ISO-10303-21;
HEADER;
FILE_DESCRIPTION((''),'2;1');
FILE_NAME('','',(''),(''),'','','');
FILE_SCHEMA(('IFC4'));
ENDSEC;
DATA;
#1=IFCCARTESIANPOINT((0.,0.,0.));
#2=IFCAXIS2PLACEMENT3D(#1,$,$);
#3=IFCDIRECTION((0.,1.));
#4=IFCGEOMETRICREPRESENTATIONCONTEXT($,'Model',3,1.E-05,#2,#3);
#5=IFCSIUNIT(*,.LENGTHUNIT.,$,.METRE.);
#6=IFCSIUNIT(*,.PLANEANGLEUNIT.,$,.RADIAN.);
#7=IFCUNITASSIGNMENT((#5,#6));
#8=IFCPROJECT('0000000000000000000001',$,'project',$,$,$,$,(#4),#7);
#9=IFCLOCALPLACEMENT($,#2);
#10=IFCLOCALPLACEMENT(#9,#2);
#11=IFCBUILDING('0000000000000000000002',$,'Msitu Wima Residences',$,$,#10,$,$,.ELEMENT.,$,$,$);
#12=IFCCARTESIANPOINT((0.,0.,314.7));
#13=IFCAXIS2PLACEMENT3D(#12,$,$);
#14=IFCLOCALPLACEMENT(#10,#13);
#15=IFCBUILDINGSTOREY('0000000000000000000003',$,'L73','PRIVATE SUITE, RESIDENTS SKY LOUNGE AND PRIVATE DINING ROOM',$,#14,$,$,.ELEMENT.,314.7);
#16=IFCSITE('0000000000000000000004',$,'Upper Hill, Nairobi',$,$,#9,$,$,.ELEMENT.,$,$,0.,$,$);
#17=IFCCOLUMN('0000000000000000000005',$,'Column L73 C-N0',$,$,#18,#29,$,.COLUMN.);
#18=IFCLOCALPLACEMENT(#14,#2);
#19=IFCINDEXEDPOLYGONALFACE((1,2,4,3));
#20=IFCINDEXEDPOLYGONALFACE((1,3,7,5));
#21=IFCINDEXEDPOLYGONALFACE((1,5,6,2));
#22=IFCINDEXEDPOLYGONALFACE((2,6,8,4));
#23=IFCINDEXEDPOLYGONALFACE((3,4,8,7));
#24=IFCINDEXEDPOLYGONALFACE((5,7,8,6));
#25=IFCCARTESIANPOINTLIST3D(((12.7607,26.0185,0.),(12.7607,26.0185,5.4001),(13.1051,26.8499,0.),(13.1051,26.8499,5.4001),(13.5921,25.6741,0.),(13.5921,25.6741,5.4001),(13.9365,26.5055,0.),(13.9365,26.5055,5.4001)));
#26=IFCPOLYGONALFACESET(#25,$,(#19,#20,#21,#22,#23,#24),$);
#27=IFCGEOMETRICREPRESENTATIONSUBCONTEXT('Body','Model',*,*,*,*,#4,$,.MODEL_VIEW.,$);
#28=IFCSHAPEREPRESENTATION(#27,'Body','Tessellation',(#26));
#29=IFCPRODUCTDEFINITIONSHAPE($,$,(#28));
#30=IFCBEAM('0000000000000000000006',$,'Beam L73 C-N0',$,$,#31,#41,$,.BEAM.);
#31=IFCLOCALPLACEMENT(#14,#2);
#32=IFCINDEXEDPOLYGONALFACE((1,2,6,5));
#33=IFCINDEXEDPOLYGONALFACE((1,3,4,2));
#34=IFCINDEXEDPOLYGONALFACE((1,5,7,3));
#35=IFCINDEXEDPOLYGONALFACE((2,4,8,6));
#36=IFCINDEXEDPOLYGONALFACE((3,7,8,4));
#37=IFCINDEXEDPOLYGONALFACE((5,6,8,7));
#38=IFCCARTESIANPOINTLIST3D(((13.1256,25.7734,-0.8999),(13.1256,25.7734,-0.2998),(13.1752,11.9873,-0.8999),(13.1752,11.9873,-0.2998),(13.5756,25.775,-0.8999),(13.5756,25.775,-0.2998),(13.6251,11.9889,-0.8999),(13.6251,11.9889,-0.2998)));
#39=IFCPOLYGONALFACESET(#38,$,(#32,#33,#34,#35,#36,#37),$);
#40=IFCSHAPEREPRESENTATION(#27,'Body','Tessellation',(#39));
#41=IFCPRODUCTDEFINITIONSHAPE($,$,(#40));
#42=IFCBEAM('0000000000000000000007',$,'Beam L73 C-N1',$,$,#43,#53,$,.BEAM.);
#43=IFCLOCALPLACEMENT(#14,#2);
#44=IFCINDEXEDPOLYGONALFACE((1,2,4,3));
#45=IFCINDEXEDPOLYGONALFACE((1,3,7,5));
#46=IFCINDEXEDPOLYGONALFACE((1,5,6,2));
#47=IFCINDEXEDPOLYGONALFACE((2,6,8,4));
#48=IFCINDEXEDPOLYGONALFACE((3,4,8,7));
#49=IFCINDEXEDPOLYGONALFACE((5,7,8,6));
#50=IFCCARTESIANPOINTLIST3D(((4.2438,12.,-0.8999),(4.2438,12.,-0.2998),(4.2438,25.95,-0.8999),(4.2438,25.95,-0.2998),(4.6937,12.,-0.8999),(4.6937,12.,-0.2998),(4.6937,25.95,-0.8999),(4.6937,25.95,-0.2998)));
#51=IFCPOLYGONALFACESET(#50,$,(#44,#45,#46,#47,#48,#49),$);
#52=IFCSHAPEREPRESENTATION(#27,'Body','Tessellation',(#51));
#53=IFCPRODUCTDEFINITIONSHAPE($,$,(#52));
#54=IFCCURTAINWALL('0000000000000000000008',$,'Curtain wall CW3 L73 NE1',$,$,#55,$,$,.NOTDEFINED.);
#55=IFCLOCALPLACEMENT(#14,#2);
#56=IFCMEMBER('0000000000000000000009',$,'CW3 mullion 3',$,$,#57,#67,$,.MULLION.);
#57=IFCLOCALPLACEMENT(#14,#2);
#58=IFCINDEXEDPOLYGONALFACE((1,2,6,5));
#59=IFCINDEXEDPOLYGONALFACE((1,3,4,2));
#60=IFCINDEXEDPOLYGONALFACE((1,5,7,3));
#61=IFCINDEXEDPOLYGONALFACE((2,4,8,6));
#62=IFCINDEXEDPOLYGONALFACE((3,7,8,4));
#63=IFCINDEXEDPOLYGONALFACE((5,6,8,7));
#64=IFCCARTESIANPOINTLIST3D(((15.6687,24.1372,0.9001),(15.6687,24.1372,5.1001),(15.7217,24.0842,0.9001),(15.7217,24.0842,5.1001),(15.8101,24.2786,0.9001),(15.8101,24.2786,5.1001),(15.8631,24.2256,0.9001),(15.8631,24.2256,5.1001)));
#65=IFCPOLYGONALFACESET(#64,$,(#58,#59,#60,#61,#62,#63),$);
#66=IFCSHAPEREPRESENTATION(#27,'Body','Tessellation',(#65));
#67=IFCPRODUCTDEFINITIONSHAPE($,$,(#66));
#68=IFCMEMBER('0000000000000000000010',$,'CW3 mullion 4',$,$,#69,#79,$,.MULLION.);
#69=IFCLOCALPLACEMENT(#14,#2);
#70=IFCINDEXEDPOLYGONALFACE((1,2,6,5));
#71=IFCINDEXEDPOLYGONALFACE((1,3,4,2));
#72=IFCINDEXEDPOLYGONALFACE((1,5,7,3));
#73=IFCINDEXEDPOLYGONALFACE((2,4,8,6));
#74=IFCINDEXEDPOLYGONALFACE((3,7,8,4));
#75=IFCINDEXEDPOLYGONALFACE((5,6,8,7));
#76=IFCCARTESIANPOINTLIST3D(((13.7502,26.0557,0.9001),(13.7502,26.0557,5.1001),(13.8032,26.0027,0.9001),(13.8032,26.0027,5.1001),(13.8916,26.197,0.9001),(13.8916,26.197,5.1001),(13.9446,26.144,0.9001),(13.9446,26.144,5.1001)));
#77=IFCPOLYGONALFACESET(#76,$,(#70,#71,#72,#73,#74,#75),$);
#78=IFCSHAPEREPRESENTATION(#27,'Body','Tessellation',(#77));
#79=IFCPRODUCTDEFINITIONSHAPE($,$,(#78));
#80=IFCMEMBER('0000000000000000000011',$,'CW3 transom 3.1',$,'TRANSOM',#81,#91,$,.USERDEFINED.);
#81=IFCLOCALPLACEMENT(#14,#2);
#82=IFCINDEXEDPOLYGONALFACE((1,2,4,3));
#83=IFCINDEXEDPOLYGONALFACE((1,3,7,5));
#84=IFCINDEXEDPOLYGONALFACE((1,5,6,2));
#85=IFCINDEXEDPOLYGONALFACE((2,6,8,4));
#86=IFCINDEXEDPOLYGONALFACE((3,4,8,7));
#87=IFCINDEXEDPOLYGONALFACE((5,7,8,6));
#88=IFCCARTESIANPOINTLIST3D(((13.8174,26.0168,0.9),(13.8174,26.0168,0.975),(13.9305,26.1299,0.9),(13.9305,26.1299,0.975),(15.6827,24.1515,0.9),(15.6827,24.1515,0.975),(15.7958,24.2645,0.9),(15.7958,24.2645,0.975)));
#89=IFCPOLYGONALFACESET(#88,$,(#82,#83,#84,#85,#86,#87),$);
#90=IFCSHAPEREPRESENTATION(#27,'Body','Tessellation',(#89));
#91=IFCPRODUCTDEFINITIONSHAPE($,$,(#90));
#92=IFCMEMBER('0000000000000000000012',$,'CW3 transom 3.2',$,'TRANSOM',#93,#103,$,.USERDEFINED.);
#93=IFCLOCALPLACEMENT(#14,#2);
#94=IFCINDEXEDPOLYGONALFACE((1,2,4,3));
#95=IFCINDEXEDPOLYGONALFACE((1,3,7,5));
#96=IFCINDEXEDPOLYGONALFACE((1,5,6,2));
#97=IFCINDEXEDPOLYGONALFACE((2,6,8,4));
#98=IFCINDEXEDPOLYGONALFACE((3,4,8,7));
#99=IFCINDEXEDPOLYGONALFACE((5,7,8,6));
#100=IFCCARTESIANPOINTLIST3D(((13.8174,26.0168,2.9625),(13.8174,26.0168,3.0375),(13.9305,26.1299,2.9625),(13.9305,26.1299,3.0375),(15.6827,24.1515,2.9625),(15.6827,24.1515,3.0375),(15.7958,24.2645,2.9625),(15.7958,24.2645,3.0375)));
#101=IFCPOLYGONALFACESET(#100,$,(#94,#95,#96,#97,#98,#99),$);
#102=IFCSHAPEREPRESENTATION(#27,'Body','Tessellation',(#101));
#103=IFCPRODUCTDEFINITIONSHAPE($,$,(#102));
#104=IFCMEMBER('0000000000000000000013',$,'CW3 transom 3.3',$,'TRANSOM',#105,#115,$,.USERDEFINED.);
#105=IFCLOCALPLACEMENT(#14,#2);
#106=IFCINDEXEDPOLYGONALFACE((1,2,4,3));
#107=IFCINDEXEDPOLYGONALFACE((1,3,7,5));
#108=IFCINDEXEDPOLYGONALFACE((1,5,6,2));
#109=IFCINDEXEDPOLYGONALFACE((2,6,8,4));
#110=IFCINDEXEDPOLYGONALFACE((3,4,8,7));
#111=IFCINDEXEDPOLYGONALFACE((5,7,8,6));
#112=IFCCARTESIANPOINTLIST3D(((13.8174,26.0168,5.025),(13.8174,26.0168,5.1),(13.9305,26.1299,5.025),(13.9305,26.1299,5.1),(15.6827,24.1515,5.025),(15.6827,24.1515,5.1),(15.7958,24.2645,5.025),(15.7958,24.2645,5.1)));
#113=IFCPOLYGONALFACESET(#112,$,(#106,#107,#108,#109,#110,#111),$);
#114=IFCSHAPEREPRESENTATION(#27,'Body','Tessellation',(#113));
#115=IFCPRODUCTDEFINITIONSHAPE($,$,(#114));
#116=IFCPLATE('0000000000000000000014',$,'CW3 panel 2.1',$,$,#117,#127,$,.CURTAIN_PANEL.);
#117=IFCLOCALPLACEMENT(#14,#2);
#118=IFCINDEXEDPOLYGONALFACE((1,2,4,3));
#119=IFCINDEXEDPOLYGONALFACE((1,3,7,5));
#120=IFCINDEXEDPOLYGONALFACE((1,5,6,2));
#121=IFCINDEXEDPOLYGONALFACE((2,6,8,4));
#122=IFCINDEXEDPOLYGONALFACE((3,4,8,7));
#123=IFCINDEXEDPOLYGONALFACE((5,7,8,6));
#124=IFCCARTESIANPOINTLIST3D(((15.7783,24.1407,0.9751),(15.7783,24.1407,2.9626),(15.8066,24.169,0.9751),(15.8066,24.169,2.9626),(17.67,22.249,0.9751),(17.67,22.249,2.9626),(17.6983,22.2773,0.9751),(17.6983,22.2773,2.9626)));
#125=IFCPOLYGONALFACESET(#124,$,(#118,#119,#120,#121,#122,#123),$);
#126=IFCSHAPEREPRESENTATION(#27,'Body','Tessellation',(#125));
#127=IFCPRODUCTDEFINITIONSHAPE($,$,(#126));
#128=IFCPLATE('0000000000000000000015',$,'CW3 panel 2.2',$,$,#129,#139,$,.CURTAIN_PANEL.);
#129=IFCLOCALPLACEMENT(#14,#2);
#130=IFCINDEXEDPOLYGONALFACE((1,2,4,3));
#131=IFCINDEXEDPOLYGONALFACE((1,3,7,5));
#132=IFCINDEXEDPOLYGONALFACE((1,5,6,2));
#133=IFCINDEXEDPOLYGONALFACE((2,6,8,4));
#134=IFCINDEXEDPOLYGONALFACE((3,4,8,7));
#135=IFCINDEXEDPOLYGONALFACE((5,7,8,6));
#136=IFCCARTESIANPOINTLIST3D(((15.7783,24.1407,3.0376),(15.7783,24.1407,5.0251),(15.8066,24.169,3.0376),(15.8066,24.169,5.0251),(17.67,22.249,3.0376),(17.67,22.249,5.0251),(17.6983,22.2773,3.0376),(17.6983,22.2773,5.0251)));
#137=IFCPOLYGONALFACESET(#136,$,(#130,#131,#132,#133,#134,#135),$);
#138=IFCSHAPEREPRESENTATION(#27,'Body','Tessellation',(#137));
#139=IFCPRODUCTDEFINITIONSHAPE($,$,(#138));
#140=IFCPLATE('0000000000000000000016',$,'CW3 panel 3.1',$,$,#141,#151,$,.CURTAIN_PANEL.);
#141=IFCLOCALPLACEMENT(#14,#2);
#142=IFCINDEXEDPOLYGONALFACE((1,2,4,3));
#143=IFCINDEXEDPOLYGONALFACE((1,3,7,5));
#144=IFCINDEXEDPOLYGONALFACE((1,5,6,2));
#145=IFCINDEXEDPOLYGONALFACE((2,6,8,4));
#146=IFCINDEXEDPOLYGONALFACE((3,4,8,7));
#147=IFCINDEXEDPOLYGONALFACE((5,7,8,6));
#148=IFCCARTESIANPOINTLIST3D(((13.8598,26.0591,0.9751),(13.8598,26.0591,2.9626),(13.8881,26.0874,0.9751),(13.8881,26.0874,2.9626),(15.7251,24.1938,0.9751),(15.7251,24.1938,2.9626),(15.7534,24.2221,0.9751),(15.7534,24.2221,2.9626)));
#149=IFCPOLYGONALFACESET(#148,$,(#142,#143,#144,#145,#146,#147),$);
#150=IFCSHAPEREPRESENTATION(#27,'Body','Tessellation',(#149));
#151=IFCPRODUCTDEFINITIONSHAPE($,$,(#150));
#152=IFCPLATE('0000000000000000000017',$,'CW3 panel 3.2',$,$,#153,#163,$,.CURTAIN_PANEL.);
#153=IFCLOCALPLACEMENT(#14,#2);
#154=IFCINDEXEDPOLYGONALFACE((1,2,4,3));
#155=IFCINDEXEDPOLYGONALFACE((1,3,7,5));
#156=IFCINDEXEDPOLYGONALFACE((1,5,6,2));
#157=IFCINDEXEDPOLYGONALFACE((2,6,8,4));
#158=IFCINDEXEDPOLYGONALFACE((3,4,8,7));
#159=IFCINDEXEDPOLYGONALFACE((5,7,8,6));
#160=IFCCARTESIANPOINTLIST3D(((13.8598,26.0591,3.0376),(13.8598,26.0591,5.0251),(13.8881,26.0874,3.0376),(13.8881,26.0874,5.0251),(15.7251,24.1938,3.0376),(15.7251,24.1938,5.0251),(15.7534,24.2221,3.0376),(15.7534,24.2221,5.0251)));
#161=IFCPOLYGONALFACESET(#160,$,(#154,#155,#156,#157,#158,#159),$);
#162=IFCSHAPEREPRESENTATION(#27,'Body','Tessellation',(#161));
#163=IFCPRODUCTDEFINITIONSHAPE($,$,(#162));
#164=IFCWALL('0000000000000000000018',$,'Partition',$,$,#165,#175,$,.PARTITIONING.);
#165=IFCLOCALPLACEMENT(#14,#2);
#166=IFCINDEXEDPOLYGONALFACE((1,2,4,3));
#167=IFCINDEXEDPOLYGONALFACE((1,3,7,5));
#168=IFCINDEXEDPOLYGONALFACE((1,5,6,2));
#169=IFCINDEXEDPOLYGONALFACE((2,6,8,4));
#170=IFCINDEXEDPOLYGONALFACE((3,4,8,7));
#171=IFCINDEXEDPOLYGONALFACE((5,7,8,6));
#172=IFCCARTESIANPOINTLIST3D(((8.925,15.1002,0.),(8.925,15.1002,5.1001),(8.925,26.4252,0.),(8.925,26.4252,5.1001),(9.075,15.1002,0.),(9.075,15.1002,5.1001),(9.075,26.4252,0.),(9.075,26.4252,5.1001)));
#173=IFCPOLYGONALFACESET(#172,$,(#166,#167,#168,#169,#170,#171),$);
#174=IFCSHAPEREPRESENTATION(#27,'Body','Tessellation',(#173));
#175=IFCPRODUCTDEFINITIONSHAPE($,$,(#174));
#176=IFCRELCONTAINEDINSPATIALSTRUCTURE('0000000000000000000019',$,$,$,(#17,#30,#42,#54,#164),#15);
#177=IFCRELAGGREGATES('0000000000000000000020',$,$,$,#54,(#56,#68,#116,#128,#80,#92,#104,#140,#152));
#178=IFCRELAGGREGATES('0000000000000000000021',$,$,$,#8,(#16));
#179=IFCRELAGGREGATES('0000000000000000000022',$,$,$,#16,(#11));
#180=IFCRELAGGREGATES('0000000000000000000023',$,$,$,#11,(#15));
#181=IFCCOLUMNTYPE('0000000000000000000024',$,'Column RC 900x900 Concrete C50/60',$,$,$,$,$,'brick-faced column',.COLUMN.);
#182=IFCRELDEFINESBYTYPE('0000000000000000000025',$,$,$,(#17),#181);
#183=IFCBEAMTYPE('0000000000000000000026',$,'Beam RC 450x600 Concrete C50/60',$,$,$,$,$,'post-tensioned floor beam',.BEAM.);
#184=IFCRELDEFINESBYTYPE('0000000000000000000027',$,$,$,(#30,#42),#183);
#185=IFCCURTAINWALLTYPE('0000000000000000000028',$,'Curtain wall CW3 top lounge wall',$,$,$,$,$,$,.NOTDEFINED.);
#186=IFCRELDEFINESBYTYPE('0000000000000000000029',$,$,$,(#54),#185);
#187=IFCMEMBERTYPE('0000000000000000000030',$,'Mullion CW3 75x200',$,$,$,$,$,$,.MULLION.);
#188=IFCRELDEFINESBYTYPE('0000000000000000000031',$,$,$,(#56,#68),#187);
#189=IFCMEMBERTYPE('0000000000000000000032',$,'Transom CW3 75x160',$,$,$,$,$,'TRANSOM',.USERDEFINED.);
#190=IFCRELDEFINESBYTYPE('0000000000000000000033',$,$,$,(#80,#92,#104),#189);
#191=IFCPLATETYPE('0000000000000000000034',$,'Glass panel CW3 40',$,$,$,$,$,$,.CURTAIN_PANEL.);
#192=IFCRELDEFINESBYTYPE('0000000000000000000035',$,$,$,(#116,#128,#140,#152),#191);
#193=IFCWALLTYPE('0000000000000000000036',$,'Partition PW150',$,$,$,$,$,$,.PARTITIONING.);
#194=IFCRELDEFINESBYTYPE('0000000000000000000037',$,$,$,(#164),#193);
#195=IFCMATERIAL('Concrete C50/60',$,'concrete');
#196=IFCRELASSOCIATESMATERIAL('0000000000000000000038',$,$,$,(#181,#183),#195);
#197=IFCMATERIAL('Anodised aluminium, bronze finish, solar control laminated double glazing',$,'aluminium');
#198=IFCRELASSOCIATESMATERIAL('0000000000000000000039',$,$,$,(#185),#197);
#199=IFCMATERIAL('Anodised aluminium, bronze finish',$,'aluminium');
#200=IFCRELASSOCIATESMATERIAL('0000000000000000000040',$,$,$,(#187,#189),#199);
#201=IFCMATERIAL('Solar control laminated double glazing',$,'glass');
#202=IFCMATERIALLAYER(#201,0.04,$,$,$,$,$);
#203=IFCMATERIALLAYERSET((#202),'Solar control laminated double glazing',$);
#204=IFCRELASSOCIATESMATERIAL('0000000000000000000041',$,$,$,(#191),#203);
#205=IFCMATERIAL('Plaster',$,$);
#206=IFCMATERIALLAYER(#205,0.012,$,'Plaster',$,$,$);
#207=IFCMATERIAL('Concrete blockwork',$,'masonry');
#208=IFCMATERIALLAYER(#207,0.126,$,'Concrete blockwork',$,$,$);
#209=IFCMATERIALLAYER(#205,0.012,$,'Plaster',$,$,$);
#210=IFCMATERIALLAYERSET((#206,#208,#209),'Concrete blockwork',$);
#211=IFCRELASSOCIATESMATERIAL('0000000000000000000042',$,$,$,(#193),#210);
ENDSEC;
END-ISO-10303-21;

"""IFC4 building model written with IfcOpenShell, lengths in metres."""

from ifc_helpers import new_model, si_unit, direction, frame, frame_2d, origin, origin_2d, place, context, subcontext, project, spatial, rectangle, extrude, material, layer, layer_set, material_profile, profile_set, type_object, element, aggregate, save


model = new_model("IFC4")

# Units and contexts
model_context = context("Model", 3, precision=1e-05, world=origin(), true_north=direction((0.0, 1.0)))
body_context = subcontext(model_context, "Body", "Model", "MODEL_VIEW")
ifc_project = project(units=[si_unit("LENGTHUNIT", "METRE"), si_unit("PLANEANGLEUNIT", "RADIAN")], contexts=[model_context])

# Site, building, storey
site_placement = place(None, origin())
site = spatial("IfcSite", under=ifc_project, at=site_placement, Name="Upper Hill, Nairobi", CompositionType="ELEMENT", RefElevation=0.0)
building_placement = place(site_placement, origin())
building = spatial("IfcBuilding", under=site, at=building_placement, Name="Msitu Wima Residences", CompositionType="ELEMENT")
storey_placement = place(building_placement, frame((0.0, 0.0, 314.7)))
storey = spatial("IfcBuildingStorey", under=building, at=storey_placement, Name="L73", Description="PRIVATE SUITE, RESIDENTS SKY LOUNGE AND PRIVATE DINING ROOM", CompositionType="ELEMENT", Elevation=314.7)

# Column
ifc_material_1 = material(Name="Concrete C50/60", Category="concrete")
ifc_material_profile_1 = material_profile(ifc_material_1, rectangle(XDim=0.8999, YDim=0.8999, at=origin_2d()), Name="RC 900x900")
ifc_profile_set_1 = profile_set([ifc_material_profile_1], Name="Concrete C50/60")
column_type = type_object("IfcColumnType", Name="Column RC 900x900 Concrete C50/60", ElementType="brick-faced column", PredefinedType="COLUMN", material=ifc_profile_set_1)
column_placement = place(storey_placement, frame((13.3486, 26.262, 0.0), z_axis=(0.0, 0.0, 1.0), x_axis=(-0.92388, 0.382683, 0.0)))
element("IfcColumn", 1, at=column_placement, inside=storey, type_object=column_type, Name="Column L73 C-N0", PredefinedType="COLUMN", context=body_context, shape_type="SweptSolid", body=[
    extrude(rectangle(XDim=0.8999, YDim=0.8999, at=origin_2d()), origin(), (0.0, 0.0, 1.0), 5.4001),
])

# Beams
ifc_material_profile_2 = material_profile(ifc_material_1, rectangle(XDim=0.45, YDim=0.6001, at=origin_2d()), Name="RC 450x600")
ifc_profile_set_2 = profile_set([ifc_material_profile_2], Name="Concrete C50/60")
beam_type = type_object("IfcBeamType", Name="Beam RC 450x600 Concrete C50/60", ElementType="post-tensioned floor beam", PredefinedType="BEAM", material=ifc_profile_set_2)
beam_1_placement = place(storey_placement, frame((13.3506, 25.7742, -0.5999), z_axis=(0.003595, -0.999994, 0.0), x_axis=(0.999994, 0.003595, 0.0)))
element("IfcBeam", 2, at=beam_1_placement, inside=storey, type_object=beam_type, Name="Beam L73 C-N0", PredefinedType="BEAM", context=body_context, shape_type="SweptSolid", body=[
    extrude(rectangle(XDim=0.45, YDim=0.6001, at=origin_2d()), origin(), (0.0, 0.0, 1.0), 13.7861),
])
beam_2_placement = place(storey_placement, frame((4.4688, 25.95, -0.5999), z_axis=(0.0, -1.0, 0.0), x_axis=(1.0, 0.0, 0.0)))
element("IfcBeam", 3, at=beam_2_placement, inside=storey, type_object=beam_type, Name="Beam L73 C-N1", PredefinedType="BEAM", context=body_context, shape_type="SweptSolid", body=[
    extrude(rectangle(XDim=0.45, YDim=0.6001, at=origin_2d()), origin(), (0.0, 0.0, 1.0), 13.95),
])

# Curtain wall, members, plates
ifc_material_2 = material(Name="Anodised aluminium, bronze finish, solar control laminated double glazing", Category="aluminium")
curtain_wall_type = type_object("IfcCurtainWallType", Name="Curtain wall CW3 top lounge wall", PredefinedType="NOTDEFINED", material=ifc_material_2)
curtain_wall_placement = place(storey_placement, origin())
curtain_wall = element("IfcCurtainWall", 4, at=curtain_wall_placement, inside=storey, type_object=curtain_wall_type, Name="Curtain wall CW3 L73 NE1", PredefinedType="NOTDEFINED")
ifc_material_3 = material(Name="Anodised aluminium, bronze finish", Category="aluminium")
ifc_material_profile_3 = material_profile(ifc_material_3, rectangle(XDim=0.2, YDim=0.075, at=origin_2d()), Name="Mullion 75x200")
ifc_profile_set_3 = profile_set([ifc_material_profile_3], Name="Anodised aluminium, bronze finish")
member_type_1 = type_object("IfcMemberType", Name="Mullion CW3 75x200", PredefinedType="MULLION", material=ifc_profile_set_3)
member_1_placement = place(storey_placement, frame((15.7659, 24.1814, 0.9001), z_axis=(0.0, 0.0, 1.0), x_axis=(-0.707107, -0.707107, 0.0)))
member_1 = element("IfcMember", 5, at=member_1_placement, type_object=member_type_1, Name="CW3 mullion 3", PredefinedType="MULLION", context=body_context, shape_type="SweptSolid", body=[
    extrude(rectangle(XDim=0.2, YDim=0.075, at=origin_2d()), origin(), (0.0, 0.0, 1.0), 4.2),
])
member_2_placement = place(storey_placement, frame((13.8474, 26.0999, 0.9001), z_axis=(0.0, 0.0, 1.0), x_axis=(-0.707107, -0.707107, 0.0)))
member_2 = element("IfcMember", 6, at=member_2_placement, type_object=member_type_1, Name="CW3 mullion 4", PredefinedType="MULLION", context=body_context, shape_type="SweptSolid", body=[
    extrude(rectangle(XDim=0.2, YDim=0.075, at=origin_2d()), origin(), (0.0, 0.0, 1.0), 4.2),
])
ifc_material_profile_4 = material_profile(ifc_material_3, rectangle(XDim=0.1599, YDim=0.075, at=origin_2d()), Name="Transom 75x160")
ifc_profile_set_4 = profile_set([ifc_material_profile_4], Name="Anodised aluminium, bronze finish")
member_type_2 = type_object("IfcMemberType", Name="Transom CW3 75x160", ElementType="TRANSOM", PredefinedType="USERDEFINED", material=ifc_profile_set_4)
member_3_placement = place(storey_placement, frame((15.7393, 24.208, 0.9375), z_axis=(-0.707107, 0.707107, 0.0), x_axis=(-0.707107, -0.707107, 0.0)))
member_3 = element("IfcMember", 7, at=member_3_placement, type_object=member_type_2, Name="CW3 transom 3.1", ObjectType="TRANSOM", PredefinedType="USERDEFINED", context=body_context, shape_type="SweptSolid", body=[
    extrude(rectangle(XDim=0.1599, YDim=0.075, at=origin_2d()), origin(), (0.0, 0.0, 1.0), 2.6379),
])
member_4_placement = place(storey_placement, frame((15.7393, 24.208, 3.0), z_axis=(-0.707107, 0.707107, 0.0), x_axis=(-0.707107, -0.707107, 0.0)))
member_4 = element("IfcMember", 8, at=member_4_placement, type_object=member_type_2, Name="CW3 transom 3.2", ObjectType="TRANSOM", PredefinedType="USERDEFINED", context=body_context, shape_type="SweptSolid", body=[
    extrude(rectangle(XDim=0.1599, YDim=0.075, at=origin_2d()), origin(), (0.0, 0.0, 1.0), 2.6379),
])
member_5_placement = place(storey_placement, frame((15.7393, 24.208, 5.0625), z_axis=(-0.707107, 0.707107, 0.0), x_axis=(-0.707107, -0.707107, 0.0)))
member_5 = element("IfcMember", 9, at=member_5_placement, type_object=member_type_2, Name="CW3 transom 3.3", ObjectType="TRANSOM", PredefinedType="USERDEFINED", context=body_context, shape_type="SweptSolid", body=[
    extrude(rectangle(XDim=0.1599, YDim=0.075, at=origin_2d()), origin(), (0.0, 0.0, 1.0), 2.6379),
])
ifc_material_4 = material(Name="Solar control laminated double glazing", Category="glass")
ifc_layer_1 = layer(ifc_material_4, 0.04)
ifc_layer_set_1 = layer_set([ifc_layer_1], Name="Solar control laminated double glazing")
plate_type = type_object("IfcPlateType", Name="Glass panel CW3 40", PredefinedType="CURTAIN_PANEL", material=ifc_layer_set_1)
plate_1_placement = place(storey_placement, frame((16.7383, 23.209, 0.9751), z_axis=(0.0, 0.0, 1.0), x_axis=(-0.707107, 0.707107, 0.0)))
plate_1 = element("IfcPlate", 10, at=plate_1_placement, type_object=plate_type, Name="CW3 panel 2.1", PredefinedType="CURTAIN_PANEL", context=body_context, shape_type="SweptSolid", body=[
    extrude(rectangle(XDim=2.6753, YDim=0.04, at=origin_2d()), origin(), (0.0, 0.0, 1.0), 1.9875),
])
plate_2_placement = place(storey_placement, frame((16.7383, 23.209, 3.0376), z_axis=(0.0, 0.0, 1.0), x_axis=(-0.707107, 0.707107, 0.0)))
plate_2 = element("IfcPlate", 11, at=plate_2_placement, type_object=plate_type, Name="CW3 panel 2.2", PredefinedType="CURTAIN_PANEL", context=body_context, shape_type="SweptSolid", body=[
    extrude(rectangle(XDim=2.6753, YDim=0.04, at=origin_2d()), origin(), (0.0, 0.0, 1.0), 1.9875),
])
plate_3_placement = place(storey_placement, frame((14.8066, 25.1406, 0.9751), z_axis=(0.0, 0.0, 1.0), x_axis=(-0.707107, 0.707107, 0.0)))
plate_3 = element("IfcPlate", 12, at=plate_3_placement, type_object=plate_type, Name="CW3 panel 3.1", PredefinedType="CURTAIN_PANEL", context=body_context, shape_type="SweptSolid", body=[
    extrude(rectangle(XDim=2.6379, YDim=0.04, at=origin_2d()), origin(), (0.0, 0.0, 1.0), 1.9875),
])
plate_4_placement = place(storey_placement, frame((14.8066, 25.1406, 3.0376), z_axis=(0.0, 0.0, 1.0), x_axis=(-0.707107, 0.707107, 0.0)))
plate_4 = element("IfcPlate", 13, at=plate_4_placement, type_object=plate_type, Name="CW3 panel 3.2", PredefinedType="CURTAIN_PANEL", context=body_context, shape_type="SweptSolid", body=[
    extrude(rectangle(XDim=2.6379, YDim=0.04, at=origin_2d()), origin(), (0.0, 0.0, 1.0), 1.9875),
])
aggregate(curtain_wall, [member_1, member_2, plate_1, plate_2, member_3, member_4, member_5, plate_3, plate_4])

# Wall
ifc_material_5 = material(Name="Plaster")
ifc_layer_2 = layer(ifc_material_5, 0.012, Name="Plaster")
ifc_material_6 = material(Name="Concrete blockwork", Category="masonry")
ifc_layer_3 = layer(ifc_material_6, 0.126, Name="Concrete blockwork")
ifc_layer_4 = layer(ifc_material_5, 0.012, Name="Plaster")
ifc_layer_set_2 = layer_set([ifc_layer_2, ifc_layer_3, ifc_layer_4], Name="Concrete blockwork")
wall_type = type_object("IfcWallType", Name="Partition PW150", PredefinedType="PARTITIONING", material=ifc_layer_set_2)
wall_placement = place(storey_placement, frame((9.0, 15.1001, 0.0), z_axis=(0.0, 0.0, 1.0), x_axis=(0.0, 1.0, 0.0)))
element("IfcWall", 14, at=wall_placement, inside=storey, type_object=wall_type, Name="Partition", PredefinedType="PARTITIONING", context=body_context, shape_type="SweptSolid", body=[
    extrude(rectangle(XDim=11.325, YDim=0.1499, at=frame_2d((5.6626, 0.0))), origin(), (0.0, 0.0, 1.0), 5.1001),
])

save(model, "model.ifc")
